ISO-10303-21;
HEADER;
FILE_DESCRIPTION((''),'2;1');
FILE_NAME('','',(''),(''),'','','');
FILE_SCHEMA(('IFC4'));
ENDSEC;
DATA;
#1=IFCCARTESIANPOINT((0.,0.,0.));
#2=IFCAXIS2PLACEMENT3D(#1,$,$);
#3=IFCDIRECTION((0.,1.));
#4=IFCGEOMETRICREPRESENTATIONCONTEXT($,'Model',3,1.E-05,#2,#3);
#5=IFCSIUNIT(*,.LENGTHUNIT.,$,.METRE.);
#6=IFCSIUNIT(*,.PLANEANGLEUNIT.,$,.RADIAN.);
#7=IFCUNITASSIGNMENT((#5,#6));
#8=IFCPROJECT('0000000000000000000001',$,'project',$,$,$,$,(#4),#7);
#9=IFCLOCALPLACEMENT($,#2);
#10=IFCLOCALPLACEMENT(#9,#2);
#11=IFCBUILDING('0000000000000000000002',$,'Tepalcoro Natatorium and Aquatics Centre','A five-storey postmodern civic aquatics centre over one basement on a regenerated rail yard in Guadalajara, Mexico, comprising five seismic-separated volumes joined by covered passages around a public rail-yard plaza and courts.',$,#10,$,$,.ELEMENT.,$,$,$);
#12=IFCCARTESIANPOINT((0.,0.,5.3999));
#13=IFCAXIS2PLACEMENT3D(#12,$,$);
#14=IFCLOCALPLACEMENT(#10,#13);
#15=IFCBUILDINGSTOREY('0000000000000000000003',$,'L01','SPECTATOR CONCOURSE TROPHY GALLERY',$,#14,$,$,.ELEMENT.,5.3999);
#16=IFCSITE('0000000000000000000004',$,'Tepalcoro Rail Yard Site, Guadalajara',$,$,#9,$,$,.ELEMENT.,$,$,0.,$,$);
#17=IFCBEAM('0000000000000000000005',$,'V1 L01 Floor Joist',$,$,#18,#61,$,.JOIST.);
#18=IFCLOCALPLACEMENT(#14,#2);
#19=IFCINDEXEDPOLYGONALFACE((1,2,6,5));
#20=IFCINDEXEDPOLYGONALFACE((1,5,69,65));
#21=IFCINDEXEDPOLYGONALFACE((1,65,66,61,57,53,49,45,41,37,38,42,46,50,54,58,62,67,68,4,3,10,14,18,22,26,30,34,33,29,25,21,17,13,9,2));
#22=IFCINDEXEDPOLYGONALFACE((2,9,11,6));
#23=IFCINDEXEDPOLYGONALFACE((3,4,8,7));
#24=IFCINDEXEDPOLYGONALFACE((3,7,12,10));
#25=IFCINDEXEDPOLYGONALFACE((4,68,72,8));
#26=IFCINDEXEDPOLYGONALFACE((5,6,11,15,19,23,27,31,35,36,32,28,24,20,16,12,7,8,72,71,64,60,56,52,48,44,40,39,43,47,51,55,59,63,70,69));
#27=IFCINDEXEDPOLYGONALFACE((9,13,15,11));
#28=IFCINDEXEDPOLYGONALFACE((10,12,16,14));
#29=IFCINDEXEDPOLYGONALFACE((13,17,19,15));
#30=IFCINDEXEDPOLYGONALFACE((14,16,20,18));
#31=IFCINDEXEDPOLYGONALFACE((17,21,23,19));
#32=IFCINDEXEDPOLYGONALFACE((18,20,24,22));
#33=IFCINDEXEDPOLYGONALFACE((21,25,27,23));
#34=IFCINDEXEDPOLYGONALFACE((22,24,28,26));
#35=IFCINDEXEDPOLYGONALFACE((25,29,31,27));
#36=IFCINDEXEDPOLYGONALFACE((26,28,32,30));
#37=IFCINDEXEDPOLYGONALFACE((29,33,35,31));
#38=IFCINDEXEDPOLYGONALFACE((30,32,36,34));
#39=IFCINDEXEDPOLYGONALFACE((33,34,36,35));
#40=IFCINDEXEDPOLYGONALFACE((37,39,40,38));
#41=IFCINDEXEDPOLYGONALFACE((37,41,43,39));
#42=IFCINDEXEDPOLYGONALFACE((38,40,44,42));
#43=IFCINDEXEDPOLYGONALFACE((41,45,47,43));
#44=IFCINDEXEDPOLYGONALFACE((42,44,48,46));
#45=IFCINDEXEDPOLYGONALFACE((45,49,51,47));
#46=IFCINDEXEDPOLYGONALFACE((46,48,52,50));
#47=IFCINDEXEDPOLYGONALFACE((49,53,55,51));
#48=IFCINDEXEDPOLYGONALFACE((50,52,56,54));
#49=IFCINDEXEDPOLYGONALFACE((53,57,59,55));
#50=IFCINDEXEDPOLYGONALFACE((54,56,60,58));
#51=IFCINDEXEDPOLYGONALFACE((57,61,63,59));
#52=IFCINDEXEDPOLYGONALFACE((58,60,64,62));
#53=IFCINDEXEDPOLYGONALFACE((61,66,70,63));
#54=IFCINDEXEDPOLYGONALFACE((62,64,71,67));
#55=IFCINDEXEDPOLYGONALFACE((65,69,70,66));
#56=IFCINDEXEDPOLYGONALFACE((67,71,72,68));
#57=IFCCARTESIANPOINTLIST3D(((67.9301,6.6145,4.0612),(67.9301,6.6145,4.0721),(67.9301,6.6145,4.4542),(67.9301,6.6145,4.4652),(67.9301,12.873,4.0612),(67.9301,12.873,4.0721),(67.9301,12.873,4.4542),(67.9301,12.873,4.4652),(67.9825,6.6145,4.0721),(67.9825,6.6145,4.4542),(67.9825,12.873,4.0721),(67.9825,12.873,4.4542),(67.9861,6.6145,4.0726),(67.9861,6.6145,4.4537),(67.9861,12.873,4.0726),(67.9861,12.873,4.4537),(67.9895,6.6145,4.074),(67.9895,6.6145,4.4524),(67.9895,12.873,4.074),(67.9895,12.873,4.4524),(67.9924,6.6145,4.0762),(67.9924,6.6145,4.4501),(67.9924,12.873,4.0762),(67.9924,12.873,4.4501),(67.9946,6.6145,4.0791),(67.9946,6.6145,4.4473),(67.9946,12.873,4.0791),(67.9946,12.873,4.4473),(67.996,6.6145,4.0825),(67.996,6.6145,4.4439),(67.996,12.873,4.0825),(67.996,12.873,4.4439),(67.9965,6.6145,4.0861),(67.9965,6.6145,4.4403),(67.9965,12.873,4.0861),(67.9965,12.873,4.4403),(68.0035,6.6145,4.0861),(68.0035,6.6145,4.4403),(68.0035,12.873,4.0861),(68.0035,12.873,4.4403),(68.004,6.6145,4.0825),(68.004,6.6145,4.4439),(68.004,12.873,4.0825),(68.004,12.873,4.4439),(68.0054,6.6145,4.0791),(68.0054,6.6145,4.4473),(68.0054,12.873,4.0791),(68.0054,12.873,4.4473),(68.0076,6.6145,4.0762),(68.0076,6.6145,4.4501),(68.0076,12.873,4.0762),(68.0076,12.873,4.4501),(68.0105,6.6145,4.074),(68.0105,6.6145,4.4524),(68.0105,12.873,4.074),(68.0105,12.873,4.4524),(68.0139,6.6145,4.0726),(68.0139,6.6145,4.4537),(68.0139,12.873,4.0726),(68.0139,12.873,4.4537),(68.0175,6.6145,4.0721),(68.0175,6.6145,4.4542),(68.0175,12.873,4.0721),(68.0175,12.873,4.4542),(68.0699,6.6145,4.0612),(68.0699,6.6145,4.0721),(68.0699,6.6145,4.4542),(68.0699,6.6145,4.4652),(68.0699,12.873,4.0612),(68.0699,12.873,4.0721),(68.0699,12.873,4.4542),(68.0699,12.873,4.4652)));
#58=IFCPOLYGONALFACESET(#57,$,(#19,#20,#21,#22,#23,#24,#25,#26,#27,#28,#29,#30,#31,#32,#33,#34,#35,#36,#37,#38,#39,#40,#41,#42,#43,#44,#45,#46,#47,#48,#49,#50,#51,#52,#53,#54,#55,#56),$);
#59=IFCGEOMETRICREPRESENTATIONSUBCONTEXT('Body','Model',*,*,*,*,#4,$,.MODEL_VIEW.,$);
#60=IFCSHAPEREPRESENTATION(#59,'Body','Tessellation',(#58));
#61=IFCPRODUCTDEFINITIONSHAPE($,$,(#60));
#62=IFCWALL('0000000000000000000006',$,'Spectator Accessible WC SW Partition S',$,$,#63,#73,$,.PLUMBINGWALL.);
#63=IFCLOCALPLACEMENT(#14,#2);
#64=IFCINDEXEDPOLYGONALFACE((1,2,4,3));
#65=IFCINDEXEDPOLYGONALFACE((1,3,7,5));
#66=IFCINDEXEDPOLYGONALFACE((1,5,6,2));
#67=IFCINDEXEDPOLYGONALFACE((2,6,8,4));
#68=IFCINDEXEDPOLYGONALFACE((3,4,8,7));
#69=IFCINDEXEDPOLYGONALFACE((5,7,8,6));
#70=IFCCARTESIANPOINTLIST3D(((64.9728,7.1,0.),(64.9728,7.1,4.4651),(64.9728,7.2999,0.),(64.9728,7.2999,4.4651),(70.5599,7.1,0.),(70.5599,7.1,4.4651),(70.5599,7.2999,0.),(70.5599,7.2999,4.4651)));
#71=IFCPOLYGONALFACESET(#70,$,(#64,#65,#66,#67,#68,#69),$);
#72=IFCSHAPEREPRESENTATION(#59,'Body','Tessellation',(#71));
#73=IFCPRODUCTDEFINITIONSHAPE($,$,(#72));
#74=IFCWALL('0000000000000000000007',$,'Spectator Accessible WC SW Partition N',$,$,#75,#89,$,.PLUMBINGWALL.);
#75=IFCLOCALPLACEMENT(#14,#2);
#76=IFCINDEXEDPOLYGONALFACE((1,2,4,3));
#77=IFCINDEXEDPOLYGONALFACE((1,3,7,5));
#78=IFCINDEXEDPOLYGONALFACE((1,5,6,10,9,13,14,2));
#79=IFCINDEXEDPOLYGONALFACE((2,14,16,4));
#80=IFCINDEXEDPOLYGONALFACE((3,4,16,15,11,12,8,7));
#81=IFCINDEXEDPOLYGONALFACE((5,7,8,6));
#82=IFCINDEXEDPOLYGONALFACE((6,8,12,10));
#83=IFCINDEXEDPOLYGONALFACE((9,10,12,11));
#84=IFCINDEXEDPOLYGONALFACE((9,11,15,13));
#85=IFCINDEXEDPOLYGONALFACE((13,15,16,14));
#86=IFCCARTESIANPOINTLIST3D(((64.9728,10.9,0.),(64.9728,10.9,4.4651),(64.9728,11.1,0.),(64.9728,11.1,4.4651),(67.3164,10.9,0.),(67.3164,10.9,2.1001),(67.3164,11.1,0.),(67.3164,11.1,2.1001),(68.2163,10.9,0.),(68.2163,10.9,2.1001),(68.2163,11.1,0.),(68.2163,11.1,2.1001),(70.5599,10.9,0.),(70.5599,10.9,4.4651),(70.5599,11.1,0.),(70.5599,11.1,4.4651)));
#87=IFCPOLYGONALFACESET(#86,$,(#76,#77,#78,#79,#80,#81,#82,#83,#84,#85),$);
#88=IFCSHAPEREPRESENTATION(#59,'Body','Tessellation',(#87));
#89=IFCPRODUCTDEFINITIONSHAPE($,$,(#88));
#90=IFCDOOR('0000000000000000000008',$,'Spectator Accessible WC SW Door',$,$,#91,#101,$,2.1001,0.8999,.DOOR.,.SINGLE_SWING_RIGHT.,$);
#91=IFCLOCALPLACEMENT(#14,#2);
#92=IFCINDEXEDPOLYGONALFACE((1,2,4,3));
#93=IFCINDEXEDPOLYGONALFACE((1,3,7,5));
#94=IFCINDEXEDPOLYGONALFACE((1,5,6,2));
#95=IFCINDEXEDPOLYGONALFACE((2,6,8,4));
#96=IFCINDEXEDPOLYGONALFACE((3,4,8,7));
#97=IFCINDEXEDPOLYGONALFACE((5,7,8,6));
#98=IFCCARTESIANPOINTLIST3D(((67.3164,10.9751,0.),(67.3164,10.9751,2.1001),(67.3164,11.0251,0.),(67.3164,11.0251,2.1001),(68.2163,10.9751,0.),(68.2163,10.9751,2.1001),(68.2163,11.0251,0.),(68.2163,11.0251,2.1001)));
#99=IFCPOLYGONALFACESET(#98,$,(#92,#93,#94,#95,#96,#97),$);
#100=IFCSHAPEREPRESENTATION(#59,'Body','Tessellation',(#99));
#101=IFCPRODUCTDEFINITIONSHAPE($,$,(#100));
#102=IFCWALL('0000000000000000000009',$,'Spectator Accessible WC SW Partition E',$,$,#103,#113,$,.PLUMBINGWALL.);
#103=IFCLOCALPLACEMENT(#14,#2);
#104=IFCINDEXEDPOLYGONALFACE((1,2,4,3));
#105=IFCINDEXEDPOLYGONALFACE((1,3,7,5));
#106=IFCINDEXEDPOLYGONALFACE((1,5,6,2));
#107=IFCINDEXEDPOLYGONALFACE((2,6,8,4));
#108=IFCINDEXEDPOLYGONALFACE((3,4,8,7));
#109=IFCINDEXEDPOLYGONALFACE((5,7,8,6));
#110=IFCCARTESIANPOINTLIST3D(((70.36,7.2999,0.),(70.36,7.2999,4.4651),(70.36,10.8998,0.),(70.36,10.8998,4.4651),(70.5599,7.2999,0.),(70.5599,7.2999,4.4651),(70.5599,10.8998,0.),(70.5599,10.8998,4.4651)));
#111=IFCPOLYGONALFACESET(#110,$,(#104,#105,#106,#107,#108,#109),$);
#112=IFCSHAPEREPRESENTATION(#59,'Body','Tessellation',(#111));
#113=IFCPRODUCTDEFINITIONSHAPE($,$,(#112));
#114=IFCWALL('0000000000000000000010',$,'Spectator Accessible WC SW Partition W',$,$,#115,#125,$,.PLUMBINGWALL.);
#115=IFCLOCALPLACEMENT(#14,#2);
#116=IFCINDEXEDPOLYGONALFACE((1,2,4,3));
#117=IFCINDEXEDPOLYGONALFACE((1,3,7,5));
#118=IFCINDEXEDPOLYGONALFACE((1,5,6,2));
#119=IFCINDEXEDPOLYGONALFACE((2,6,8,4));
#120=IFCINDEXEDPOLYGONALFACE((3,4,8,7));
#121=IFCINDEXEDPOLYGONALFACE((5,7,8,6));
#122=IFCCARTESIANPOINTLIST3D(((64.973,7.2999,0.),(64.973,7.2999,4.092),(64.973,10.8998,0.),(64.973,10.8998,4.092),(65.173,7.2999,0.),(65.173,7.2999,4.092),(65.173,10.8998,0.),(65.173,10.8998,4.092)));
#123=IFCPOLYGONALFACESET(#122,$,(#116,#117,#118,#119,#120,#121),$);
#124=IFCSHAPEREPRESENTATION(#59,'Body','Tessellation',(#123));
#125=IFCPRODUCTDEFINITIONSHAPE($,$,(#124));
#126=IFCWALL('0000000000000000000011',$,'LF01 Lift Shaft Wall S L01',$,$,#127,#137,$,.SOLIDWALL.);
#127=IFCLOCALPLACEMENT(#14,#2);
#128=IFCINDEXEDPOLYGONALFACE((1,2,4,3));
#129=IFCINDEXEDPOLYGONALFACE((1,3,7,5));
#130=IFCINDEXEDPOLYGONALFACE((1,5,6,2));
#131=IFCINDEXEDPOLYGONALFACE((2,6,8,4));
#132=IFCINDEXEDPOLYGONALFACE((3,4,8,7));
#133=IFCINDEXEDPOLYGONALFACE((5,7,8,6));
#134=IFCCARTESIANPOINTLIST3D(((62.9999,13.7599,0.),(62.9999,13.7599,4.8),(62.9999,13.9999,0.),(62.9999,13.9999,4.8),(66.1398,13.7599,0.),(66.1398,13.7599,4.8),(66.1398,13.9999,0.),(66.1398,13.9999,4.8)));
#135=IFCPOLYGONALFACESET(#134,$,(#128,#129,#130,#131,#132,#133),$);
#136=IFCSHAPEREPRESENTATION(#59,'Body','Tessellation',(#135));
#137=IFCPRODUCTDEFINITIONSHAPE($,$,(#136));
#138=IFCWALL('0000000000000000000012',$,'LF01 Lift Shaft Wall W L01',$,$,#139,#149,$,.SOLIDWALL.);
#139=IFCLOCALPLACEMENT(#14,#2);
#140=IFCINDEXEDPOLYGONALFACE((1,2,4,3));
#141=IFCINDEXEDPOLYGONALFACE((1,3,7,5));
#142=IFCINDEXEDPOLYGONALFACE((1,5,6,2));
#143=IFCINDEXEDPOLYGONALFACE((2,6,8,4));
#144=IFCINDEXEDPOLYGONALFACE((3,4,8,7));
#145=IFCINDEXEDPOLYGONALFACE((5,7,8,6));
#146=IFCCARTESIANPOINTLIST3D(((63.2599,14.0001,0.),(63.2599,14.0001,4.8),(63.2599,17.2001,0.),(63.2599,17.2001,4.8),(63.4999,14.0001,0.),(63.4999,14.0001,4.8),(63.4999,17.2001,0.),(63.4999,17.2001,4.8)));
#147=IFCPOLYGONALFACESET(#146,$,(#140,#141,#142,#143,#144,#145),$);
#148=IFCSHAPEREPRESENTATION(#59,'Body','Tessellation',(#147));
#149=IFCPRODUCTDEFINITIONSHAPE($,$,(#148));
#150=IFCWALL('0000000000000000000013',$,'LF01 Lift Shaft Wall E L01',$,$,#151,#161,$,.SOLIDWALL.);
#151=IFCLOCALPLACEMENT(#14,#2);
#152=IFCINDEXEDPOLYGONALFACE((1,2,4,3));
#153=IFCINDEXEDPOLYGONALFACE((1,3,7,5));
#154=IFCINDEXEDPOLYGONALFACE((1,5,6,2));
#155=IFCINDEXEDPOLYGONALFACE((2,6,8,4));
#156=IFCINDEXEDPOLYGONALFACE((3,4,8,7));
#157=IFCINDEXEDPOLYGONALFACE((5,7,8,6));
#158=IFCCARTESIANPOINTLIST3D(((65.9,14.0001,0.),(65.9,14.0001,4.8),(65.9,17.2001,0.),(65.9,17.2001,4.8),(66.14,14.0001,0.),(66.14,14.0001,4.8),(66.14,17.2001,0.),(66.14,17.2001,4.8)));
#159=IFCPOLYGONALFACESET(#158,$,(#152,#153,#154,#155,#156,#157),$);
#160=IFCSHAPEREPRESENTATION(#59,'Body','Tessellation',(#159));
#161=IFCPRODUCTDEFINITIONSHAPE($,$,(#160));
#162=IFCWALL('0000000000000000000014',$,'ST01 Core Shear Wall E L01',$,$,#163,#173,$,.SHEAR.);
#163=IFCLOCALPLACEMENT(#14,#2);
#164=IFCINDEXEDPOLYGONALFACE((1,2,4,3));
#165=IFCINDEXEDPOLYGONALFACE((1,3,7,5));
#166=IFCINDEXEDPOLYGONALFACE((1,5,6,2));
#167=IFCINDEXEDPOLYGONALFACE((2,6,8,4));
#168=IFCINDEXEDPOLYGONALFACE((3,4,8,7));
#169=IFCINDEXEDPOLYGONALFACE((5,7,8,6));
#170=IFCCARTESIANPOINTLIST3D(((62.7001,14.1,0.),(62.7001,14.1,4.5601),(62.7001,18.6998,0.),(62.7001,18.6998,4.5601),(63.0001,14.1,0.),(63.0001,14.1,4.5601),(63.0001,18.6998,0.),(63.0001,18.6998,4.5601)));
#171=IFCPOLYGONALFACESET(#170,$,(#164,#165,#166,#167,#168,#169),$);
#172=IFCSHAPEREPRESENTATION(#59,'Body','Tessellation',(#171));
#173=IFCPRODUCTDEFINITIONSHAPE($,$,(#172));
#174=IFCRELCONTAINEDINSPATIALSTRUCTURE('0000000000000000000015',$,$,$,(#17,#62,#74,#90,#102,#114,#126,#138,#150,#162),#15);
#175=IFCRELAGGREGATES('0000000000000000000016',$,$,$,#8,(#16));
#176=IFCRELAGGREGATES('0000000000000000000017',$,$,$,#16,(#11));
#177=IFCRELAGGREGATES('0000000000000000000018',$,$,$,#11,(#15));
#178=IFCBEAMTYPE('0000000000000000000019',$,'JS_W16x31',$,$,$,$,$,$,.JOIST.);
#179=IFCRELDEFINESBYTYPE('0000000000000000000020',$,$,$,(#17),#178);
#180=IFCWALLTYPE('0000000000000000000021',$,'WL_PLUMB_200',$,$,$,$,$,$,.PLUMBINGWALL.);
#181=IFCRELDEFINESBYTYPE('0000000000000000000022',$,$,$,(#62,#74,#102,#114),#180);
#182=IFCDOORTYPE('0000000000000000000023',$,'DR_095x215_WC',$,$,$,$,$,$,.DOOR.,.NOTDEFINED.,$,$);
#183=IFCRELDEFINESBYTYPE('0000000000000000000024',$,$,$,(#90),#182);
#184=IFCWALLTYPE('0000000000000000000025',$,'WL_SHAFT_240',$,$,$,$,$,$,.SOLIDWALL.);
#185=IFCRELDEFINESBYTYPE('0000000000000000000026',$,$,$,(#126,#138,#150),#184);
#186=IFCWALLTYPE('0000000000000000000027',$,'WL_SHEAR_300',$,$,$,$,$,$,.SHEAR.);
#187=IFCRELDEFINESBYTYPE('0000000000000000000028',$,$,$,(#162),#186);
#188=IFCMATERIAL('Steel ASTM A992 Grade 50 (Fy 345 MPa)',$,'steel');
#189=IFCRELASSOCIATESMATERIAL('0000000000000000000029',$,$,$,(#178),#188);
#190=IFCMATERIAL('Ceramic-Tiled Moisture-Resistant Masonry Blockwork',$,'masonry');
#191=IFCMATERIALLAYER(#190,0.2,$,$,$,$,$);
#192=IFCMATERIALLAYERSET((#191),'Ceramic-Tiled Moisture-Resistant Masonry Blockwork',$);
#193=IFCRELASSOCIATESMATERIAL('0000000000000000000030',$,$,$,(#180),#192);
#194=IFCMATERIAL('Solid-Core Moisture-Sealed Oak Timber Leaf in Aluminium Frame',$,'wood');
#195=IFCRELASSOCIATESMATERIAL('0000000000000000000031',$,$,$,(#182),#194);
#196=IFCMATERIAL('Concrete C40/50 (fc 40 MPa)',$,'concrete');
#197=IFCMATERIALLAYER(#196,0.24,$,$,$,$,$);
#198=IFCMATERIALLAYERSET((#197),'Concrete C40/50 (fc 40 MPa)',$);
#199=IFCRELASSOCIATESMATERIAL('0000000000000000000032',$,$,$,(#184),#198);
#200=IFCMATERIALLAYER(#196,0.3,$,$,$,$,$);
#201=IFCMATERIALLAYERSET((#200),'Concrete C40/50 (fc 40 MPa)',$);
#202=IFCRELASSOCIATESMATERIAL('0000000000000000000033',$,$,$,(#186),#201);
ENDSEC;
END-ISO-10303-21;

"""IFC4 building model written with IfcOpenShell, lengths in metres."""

from ifc_helpers import new_model, si_unit, direction, frame, frame_2d, origin, origin_2d, place, context, subcontext, project, spatial, rectangle, i_section, extrude, material, layer, layer_set, material_profile, profile_set, type_object, element, fill, save


model = new_model("IFC4")

# Units and contexts
model_context = context("Model", 3, precision=1e-05, world=origin(), true_north=direction((0.0, 1.0)))
body_context = subcontext(model_context, "Body", "Model", "MODEL_VIEW")
ifc_project = project(units=[si_unit("LENGTHUNIT", "METRE"), si_unit("PLANEANGLEUNIT", "RADIAN")], contexts=[model_context])

# Site, building, storey
site_placement = place(None, origin())
site = spatial("IfcSite", under=ifc_project, at=site_placement, Name="Tepalcoro Rail Yard Site, Guadalajara", CompositionType="ELEMENT", RefElevation=0.0)
building_placement = place(site_placement, origin())
building = spatial("IfcBuilding", under=site, at=building_placement, Name="Tepalcoro Natatorium and Aquatics Centre", Description="A five-storey postmodern civic aquatics centre over one basement on a regenerated rail yard in Guadalajara, Mexico, comprising five seismic-separated volumes joined by covered passages around a public rail-yard plaza and courts.", CompositionType="ELEMENT")
storey_placement = place(building_placement, frame((0.0, 0.0, 5.3999)))
storey = spatial("IfcBuildingStorey", under=building, at=storey_placement, Name="L01", Description="SPECTATOR CONCOURSE TROPHY GALLERY", CompositionType="ELEMENT", Elevation=5.3999)

# Shared definitions
ifc_material_1 = material(Name="Concrete C40/50 (fc 40 MPa)", Category="concrete")

# Shared definitions
ifc_material_2 = material(Name="Steel ASTM A992 Grade 50 (Fy 345 MPa)", Category="steel")

# Beam
ifc_material_profile_1 = material_profile(ifc_material_2, i_section(OverallWidth=0.1399, OverallDepth=0.4041, WebThickness=0.0071, FlangeThickness=0.011, FilletRadius=0.0139, at=origin_2d()), Name="W16X31")
ifc_profile_set_1 = profile_set([ifc_material_profile_1], Name="Steel ASTM A992 Grade 50 (Fy 345 MPa)")
beam_type_1 = type_object("IfcBeamType", Name="JS_W16x31", PredefinedType="JOIST", material=ifc_profile_set_1)
beam_1_placement = place(storey_placement, frame((68.0, 6.6145, 4.2632), z_axis=(0.0, 1.0, 0.0), x_axis=(-1.0, 0.0, 0.0)))
element("IfcBeam", 1, at=beam_1_placement, inside=storey, type_object=beam_type_1, Name="V1 L01 Floor Joist", PredefinedType="JOIST", context=body_context, shape_type="SweptSolid", body=[
    extrude(i_section(OverallWidth=0.1399, OverallDepth=0.4041, WebThickness=0.0071, FlangeThickness=0.011, FilletRadius=0.0139, at=origin_2d()), origin(), (0.0, 0.0, 1.0), 6.2585),
])

# Wall
ifc_material_3 = material(Name="Ceramic-Tiled Moisture-Resistant Masonry Blockwork", Category="masonry")
ifc_layer_1 = layer(ifc_material_3, 0.2)
ifc_layer_set_1 = layer_set([ifc_layer_1], Name="Ceramic-Tiled Moisture-Resistant Masonry Blockwork")
wall_type_1 = type_object("IfcWallType", Name="WL_PLUMB_200", PredefinedType="PLUMBINGWALL", material=ifc_layer_set_1)
wall_1_placement = place(storey_placement, frame((64.9729, 7.2, 0.0), z_axis=(0.0, 0.0, 1.0), x_axis=(1.0, 0.0, 0.0)))
element("IfcWall", 2, at=wall_1_placement, inside=storey, type_object=wall_type_1, Name="Spectator Accessible WC SW Partition S", PredefinedType="PLUMBINGWALL", context=body_context, shape_type="SweptSolid", body=[
    extrude(rectangle(XDim=5.5872, YDim=0.2, at=frame_2d((2.7935, 0.0))), origin(), (0.0, 0.0, 1.0), 4.4651),
])

# Wall, opening, door
wall_2_placement = place(storey_placement, frame((64.9729, 11.0, 0.0), z_axis=(0.0, 0.0, 1.0), x_axis=(1.0, 0.0, 0.0)))
wall_2 = element("IfcWall", 3, at=wall_2_placement, inside=storey, type_object=wall_type_1, Name="Spectator Accessible WC SW Partition N", PredefinedType="PLUMBINGWALL", context=body_context, shape_type="SweptSolid", body=[
    extrude(rectangle(XDim=5.5872, YDim=0.2, at=frame_2d((2.7935, 0.0))), origin(), (0.0, 0.0, 1.0), 4.4651),
])
opening_1_placement = place(wall_2_placement, frame((2.3435, 0.0, 0.0)))
opening_1 = element("IfcOpeningElement", 4, at=opening_1_placement, cuts=wall_2, PredefinedType="OPENING", context=body_context, shape_type="SweptSolid", body=[
    extrude(rectangle(XDim=0.8999, YDim=2.1001, at=frame_2d((0.45, 1.05))), frame((0.0, 0.1118, 0.0), z_axis=(0.0, -1.0, 0.0), x_axis=(1.0, 0.0, 0.0)), (0.0, 0.0, 1.0), 0.2239),
])
ifc_material_4 = material(Name="Solid-Core Moisture-Sealed Oak Timber Leaf in Aluminium Frame", Category="wood")
door_type_1 = type_object("IfcDoorType", Name="DR_095x215_WC", OperationType="NOTDEFINED", PredefinedType="DOOR", material=ifc_material_4)
door_1_placement = place(opening_1_placement, frame((0.8999, 0.0, 0.0), z_axis=(0.0, 0.0, 1.0), x_axis=(-1.0, 0.0, 0.0)))
door_1 = element("IfcDoor", 5, at=door_1_placement, inside=storey, type_object=door_type_1, Name="Spectator Accessible WC SW Door", OperationType="SINGLE_SWING_RIGHT", OverallHeight=2.1001, OverallWidth=0.8999, PredefinedType="DOOR", context=body_context, shape_type="SweptSolid", body=[
    extrude(rectangle(XDim=0.8999, YDim=2.1001, at=frame_2d((0.45, 1.05))), frame((0.0, 0.0249, 0.0), z_axis=(0.0, -1.0, 0.0), x_axis=(1.0, 0.0, 0.0)), (0.0, 0.0, 1.0), 0.05),
])
fill(opening_1, door_1)

# Walls
wall_3_placement = place(storey_placement, frame((70.46, 7.3, 0.0), z_axis=(0.0, 0.0, 1.0), x_axis=(0.0, 1.0, 0.0)))
element("IfcWall", 6, at=wall_3_placement, inside=storey, type_object=wall_type_1, Name="Spectator Accessible WC SW Partition E", PredefinedType="PLUMBINGWALL", context=body_context, shape_type="SweptSolid", body=[
    extrude(rectangle(XDim=3.5999, YDim=0.2, at=frame_2d((1.7998, 0.0))), origin(), (0.0, 0.0, 1.0), 4.4651),
])
wall_4_placement = place(storey_placement, frame((65.073, 7.3, 0.0), z_axis=(0.0, 0.0, 1.0), x_axis=(0.0, 1.0, 0.0)))
element("IfcWall", 7, at=wall_4_placement, inside=storey, type_object=wall_type_1, Name="Spectator Accessible WC SW Partition W", PredefinedType="PLUMBINGWALL", context=body_context, shape_type="SweptSolid", body=[
    extrude(rectangle(XDim=3.5999, YDim=0.2, at=frame_2d((1.7998, 0.0))), origin(), (0.0, 0.0, 1.0), 4.092),
])
ifc_layer_2 = layer(ifc_material_1, 0.24)
ifc_layer_set_2 = layer_set([ifc_layer_2], Name="Concrete C40/50 (fc 40 MPa)")
wall_type_2 = type_object("IfcWallType", Name="WL_SHAFT_240", PredefinedType="SOLIDWALL", material=ifc_layer_set_2)
wall_5_placement = place(storey_placement, frame((63.0, 13.8799, 0.0), z_axis=(0.0, 0.0, 1.0), x_axis=(1.0, 0.0, 0.0)))
element("IfcWall", 8, at=wall_5_placement, inside=storey, type_object=wall_type_2, Name="LF01 Lift Shaft Wall S L01", PredefinedType="SOLIDWALL", context=body_context, shape_type="SweptSolid", body=[
    extrude(rectangle(XDim=3.1399, YDim=0.24, at=frame_2d((1.5698, 0.0))), origin(), (0.0, 0.0, 1.0), 4.8),
])

# Walls
for number, where, z_axis, x_axis, name in (
    (9, (63.3799, 14.0, 0.0), (0.0, 0.0, 1.0), (0.0, 1.0, 0.0), "LF01 Lift Shaft Wall W L01"),
    (10, (66.02, 14.0, 0.0), (0.0, 0.0, 1.0), (0.0, 1.0, 0.0), "LF01 Lift Shaft Wall E L01"),
):
    element("IfcWall", number, at=place(storey_placement, frame(where, z_axis=z_axis, x_axis=x_axis)), inside=storey, type_object=wall_type_2, Name=name, PredefinedType="SOLIDWALL", context=body_context, shape_type="SweptSolid", body=[
        extrude(rectangle(XDim=3.2, YDim=0.24, at=frame_2d((1.6001, 0.0))), origin(), (0.0, 0.0, 1.0), 4.8),
    ])
ifc_layer_3 = layer(ifc_material_1, 0.3)
ifc_layer_set_3 = layer_set([ifc_layer_3], Name="Concrete C40/50 (fc 40 MPa)")
wall_type_3 = type_object("IfcWallType", Name="WL_SHEAR_300", PredefinedType="SHEAR", material=ifc_layer_set_3)
wall_6_placement = place(storey_placement, frame((62.8501, 14.1001, 0.0), z_axis=(0.0, 0.0, 1.0), x_axis=(0.0, 1.0, 0.0)))
element("IfcWall", 11, at=wall_6_placement, inside=storey, type_object=wall_type_3, Name="ST01 Core Shear Wall E L01", PredefinedType="SHEAR", context=body_context, shape_type="SweptSolid", body=[
    extrude(rectangle(XDim=4.5999, YDim=0.3, at=frame_2d((2.2998, 0.0))), origin(), (0.0, 0.0, 1.0), 4.5601),
])

save(model, "model.ifc")
